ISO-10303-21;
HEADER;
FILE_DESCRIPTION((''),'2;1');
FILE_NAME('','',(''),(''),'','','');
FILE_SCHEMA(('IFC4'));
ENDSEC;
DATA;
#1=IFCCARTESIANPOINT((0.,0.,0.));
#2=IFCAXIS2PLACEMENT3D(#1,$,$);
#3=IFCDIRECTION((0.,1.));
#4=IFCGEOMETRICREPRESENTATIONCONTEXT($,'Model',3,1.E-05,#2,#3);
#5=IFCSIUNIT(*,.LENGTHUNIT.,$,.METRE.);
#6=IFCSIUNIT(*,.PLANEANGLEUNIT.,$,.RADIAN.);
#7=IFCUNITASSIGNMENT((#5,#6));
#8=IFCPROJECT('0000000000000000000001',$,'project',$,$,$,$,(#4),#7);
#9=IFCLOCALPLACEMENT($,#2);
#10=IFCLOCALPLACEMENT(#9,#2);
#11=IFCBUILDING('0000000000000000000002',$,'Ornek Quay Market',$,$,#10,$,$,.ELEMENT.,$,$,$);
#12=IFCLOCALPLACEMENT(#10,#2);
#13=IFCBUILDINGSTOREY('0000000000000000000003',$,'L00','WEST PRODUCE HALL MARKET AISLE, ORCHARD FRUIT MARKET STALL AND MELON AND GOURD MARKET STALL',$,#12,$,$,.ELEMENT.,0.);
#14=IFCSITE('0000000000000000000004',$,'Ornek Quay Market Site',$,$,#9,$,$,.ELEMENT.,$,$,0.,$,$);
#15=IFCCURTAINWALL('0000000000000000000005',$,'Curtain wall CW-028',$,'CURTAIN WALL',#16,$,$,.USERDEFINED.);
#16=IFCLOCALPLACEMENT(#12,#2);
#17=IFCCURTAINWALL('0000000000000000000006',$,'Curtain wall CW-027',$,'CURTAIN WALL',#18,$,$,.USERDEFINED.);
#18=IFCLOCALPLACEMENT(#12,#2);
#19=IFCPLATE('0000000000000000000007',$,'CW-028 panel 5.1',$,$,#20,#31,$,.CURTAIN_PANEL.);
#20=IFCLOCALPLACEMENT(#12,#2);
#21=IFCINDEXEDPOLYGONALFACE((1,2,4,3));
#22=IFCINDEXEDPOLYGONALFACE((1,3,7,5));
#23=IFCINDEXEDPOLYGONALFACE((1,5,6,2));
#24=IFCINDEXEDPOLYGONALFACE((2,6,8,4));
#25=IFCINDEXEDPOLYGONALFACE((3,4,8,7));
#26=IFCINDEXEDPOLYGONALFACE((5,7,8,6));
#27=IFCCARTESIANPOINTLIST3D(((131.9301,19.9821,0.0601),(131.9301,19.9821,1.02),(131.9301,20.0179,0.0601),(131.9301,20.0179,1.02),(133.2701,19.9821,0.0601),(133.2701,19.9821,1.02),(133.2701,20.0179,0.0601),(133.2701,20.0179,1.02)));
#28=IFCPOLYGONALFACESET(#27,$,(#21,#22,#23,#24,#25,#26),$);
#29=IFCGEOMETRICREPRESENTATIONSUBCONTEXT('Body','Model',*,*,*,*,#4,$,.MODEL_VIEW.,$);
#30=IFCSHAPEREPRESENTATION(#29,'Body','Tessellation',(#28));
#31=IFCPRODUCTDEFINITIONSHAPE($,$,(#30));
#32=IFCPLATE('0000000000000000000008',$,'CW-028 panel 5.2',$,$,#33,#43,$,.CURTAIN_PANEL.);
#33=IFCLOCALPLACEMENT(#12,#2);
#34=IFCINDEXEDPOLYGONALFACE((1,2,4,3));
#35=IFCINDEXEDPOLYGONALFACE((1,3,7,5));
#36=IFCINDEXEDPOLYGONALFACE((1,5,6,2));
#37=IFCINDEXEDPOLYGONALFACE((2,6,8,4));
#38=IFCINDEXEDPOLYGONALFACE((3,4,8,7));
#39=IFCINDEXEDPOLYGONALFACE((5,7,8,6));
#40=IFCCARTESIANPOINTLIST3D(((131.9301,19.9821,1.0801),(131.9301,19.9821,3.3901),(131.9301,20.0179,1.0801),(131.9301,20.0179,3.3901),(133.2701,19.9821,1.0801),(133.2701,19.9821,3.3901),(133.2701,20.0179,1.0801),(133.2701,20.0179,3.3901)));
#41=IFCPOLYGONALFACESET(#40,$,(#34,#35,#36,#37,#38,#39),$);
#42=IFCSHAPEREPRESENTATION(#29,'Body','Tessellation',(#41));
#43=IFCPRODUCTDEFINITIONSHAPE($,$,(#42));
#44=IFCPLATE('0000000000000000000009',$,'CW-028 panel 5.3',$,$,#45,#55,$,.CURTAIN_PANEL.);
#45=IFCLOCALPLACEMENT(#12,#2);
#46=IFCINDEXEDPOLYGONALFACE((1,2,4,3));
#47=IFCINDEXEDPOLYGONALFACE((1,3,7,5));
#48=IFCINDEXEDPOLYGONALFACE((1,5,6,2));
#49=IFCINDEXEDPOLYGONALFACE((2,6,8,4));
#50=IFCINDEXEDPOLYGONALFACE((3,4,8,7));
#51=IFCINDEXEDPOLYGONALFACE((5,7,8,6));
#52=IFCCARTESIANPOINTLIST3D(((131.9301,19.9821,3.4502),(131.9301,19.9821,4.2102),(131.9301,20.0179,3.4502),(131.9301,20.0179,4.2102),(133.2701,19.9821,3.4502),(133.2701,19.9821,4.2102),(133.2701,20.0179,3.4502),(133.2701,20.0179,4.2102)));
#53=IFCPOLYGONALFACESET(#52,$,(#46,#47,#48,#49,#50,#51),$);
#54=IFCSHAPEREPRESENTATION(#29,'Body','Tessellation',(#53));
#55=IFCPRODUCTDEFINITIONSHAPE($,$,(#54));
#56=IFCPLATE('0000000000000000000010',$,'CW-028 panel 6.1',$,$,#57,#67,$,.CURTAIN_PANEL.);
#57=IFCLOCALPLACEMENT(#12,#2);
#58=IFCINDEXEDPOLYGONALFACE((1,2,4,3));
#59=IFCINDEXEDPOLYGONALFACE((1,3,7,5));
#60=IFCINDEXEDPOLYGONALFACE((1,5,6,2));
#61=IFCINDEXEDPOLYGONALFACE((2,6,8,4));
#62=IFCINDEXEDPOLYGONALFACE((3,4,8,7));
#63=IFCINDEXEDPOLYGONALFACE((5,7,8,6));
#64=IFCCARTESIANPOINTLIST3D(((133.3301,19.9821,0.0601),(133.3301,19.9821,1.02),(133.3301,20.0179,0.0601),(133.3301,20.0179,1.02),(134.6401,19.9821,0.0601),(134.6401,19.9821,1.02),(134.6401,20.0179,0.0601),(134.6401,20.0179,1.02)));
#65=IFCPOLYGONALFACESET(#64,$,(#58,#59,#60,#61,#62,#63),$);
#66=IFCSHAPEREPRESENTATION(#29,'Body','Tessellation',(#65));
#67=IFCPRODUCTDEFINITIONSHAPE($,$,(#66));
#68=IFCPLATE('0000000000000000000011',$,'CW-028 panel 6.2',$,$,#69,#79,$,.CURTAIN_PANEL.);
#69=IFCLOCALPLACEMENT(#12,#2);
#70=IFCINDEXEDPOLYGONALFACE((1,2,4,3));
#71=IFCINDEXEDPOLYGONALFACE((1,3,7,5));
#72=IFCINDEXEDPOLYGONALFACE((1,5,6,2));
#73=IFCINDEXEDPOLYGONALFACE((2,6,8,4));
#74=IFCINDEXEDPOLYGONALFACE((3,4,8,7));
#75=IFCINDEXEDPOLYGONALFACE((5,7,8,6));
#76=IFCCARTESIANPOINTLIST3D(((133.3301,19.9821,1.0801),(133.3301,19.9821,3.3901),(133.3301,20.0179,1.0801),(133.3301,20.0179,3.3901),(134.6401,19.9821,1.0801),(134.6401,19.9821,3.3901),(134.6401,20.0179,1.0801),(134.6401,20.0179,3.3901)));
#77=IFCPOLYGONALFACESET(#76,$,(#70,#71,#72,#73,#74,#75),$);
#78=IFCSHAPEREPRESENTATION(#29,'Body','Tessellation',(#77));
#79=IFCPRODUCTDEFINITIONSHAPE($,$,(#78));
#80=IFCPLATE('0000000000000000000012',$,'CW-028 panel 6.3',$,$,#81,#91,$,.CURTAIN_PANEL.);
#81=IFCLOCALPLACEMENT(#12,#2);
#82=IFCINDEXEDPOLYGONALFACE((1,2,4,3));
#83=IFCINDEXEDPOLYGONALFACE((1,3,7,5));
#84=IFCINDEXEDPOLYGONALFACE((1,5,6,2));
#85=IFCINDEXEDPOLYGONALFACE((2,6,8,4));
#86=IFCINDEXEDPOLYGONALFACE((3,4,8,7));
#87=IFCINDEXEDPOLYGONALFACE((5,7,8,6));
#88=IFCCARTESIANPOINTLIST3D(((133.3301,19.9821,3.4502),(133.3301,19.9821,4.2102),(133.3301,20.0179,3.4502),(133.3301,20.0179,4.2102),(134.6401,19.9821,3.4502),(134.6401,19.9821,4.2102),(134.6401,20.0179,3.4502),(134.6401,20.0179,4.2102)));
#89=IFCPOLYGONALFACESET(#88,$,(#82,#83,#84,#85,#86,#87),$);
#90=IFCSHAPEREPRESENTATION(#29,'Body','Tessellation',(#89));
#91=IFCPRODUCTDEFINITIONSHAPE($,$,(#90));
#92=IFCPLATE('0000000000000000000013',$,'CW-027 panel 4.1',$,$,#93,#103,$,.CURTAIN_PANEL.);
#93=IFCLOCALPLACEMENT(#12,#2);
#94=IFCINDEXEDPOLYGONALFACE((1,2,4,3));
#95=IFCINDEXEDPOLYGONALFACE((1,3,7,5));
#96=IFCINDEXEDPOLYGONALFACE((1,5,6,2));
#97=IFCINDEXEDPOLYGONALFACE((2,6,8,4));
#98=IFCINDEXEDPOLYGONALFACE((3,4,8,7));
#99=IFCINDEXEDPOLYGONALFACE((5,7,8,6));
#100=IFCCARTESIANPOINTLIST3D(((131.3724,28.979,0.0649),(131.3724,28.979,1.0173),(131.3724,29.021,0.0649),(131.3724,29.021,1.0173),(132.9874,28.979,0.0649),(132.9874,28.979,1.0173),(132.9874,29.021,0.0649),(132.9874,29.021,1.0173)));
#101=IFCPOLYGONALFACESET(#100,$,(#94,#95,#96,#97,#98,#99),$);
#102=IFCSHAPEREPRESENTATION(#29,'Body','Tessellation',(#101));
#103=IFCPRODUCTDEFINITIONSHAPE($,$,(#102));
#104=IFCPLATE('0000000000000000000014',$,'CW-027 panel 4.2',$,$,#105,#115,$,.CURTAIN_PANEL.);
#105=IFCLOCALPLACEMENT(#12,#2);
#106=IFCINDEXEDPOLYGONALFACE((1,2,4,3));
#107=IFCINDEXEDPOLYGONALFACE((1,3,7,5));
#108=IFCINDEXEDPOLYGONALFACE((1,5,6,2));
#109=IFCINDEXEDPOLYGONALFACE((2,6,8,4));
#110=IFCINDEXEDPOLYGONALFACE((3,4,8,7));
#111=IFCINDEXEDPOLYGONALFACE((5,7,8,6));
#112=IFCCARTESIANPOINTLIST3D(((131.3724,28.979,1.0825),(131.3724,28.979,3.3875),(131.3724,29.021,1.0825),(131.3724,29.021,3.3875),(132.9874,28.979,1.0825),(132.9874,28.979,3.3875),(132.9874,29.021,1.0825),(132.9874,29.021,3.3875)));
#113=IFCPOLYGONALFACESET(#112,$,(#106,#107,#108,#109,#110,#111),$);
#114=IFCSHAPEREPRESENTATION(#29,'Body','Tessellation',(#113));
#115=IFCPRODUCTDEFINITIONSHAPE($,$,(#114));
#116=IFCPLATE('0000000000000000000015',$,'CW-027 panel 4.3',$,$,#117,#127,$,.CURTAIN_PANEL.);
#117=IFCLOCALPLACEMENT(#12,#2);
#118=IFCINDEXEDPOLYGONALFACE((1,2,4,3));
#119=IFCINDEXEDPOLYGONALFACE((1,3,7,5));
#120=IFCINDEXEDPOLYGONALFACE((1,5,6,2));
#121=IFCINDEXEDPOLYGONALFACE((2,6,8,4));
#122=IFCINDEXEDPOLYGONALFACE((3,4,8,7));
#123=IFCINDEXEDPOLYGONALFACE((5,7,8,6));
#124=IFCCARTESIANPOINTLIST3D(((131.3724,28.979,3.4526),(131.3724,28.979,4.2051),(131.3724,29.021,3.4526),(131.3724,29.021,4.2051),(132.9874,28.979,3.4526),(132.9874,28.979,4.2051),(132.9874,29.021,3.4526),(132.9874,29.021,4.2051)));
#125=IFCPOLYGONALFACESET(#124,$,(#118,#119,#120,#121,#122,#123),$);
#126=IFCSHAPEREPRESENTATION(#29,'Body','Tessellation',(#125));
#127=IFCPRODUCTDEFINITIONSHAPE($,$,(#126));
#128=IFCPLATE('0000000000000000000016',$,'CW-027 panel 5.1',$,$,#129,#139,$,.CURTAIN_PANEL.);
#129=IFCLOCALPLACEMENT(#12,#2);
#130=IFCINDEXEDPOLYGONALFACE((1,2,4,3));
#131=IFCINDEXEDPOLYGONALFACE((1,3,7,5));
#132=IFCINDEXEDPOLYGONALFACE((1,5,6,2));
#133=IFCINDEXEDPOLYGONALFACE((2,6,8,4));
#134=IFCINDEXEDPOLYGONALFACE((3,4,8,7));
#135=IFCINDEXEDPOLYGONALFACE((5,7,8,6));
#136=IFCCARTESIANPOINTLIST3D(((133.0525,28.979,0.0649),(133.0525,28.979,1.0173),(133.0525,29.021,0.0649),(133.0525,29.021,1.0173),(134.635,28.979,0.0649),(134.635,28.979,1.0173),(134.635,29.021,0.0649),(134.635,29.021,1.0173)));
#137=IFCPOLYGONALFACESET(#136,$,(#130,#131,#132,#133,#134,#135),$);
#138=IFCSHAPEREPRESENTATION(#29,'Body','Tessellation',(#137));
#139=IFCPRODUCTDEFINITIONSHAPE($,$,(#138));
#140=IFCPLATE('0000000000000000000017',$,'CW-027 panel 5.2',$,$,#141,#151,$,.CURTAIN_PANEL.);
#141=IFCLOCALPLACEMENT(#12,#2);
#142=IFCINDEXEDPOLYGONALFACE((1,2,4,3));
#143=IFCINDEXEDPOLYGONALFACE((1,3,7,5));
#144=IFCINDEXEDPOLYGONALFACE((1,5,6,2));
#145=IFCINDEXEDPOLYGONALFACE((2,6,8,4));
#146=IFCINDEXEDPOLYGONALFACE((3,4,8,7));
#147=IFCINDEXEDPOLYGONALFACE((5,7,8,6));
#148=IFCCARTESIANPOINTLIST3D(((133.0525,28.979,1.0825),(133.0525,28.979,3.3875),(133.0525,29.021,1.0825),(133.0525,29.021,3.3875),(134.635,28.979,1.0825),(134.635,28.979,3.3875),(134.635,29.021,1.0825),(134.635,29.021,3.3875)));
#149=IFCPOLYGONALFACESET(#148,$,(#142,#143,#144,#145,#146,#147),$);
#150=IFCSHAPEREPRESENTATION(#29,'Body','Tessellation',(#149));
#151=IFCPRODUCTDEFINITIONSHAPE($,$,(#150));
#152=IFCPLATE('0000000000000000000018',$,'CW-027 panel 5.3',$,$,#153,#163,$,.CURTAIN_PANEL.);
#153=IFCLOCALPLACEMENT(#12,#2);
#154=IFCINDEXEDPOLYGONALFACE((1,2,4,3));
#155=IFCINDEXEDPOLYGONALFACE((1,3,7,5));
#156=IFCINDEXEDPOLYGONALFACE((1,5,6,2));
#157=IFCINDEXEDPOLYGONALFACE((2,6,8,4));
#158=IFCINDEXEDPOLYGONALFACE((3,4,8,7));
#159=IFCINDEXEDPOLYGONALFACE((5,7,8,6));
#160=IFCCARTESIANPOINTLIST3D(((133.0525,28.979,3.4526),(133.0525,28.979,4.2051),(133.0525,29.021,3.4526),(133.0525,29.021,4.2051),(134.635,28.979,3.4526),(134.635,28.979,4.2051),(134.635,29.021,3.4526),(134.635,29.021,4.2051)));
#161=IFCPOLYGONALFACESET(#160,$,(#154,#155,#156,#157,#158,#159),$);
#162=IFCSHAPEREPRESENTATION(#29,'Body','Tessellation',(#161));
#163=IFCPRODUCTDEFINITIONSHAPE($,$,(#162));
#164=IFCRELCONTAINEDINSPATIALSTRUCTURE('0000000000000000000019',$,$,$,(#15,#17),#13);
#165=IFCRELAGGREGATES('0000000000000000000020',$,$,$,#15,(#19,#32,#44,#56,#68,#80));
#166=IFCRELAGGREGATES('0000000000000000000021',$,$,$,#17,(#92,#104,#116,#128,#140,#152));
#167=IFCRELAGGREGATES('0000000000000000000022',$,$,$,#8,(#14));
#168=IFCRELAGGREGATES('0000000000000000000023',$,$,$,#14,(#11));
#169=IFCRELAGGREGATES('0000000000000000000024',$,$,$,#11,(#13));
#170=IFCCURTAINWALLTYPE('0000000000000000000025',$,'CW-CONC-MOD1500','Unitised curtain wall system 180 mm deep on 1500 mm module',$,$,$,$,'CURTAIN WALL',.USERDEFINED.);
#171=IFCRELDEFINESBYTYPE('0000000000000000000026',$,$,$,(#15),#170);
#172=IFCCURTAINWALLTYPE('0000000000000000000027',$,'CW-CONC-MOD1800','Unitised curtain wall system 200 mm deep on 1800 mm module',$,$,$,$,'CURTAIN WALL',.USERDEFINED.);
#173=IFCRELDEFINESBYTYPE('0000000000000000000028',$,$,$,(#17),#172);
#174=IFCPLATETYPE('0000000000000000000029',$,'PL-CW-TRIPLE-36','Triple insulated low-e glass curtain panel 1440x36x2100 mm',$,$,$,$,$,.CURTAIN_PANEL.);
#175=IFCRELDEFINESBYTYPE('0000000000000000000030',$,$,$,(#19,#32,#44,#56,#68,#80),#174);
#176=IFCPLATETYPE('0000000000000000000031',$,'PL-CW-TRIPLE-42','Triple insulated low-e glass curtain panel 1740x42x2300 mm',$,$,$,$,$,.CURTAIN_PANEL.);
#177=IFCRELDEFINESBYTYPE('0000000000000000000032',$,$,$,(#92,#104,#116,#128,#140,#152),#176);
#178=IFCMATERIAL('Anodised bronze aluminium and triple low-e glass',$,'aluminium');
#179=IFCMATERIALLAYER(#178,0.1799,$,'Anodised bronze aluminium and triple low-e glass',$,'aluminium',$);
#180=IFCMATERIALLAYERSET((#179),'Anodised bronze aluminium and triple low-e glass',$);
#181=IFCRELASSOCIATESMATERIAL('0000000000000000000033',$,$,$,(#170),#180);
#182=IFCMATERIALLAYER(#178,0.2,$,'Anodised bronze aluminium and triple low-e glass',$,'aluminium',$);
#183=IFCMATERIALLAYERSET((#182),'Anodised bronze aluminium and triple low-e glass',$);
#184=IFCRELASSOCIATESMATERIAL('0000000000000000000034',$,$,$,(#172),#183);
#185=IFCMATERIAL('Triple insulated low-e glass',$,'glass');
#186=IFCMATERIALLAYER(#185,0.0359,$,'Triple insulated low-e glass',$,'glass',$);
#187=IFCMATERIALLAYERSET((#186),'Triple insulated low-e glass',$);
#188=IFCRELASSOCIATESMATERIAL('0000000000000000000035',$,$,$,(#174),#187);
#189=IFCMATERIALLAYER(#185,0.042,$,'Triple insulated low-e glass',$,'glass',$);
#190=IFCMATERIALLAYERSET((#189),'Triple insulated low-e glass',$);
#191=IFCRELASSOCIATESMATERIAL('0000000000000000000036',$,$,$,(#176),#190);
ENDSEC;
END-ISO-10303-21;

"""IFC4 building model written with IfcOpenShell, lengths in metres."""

from ifc_helpers import new_model, si_unit, direction, frame, origin, origin_2d, place, context, subcontext, project, spatial, rectangle, extrude, material, layer, layer_set, type_object, element, aggregate, save


model = new_model("IFC4")

# Units and contexts
model_context = context("Model", 3, precision=1e-05, world=origin(), true_north=direction((0.0, 1.0)))
body_context = subcontext(model_context, "Body", "Model", "MODEL_VIEW")
ifc_project = project(units=[si_unit("LENGTHUNIT", "METRE"), si_unit("PLANEANGLEUNIT", "RADIAN")], contexts=[model_context])

# Site, building, storey
site_placement = place(None, origin())
site = spatial("IfcSite", under=ifc_project, at=site_placement, Name="Ornek Quay Market Site", CompositionType="ELEMENT", RefElevation=0.0)
building_placement = place(site_placement, origin())
building = spatial("IfcBuilding", under=site, at=building_placement, Name="Ornek Quay Market", CompositionType="ELEMENT")
storey_placement = place(building_placement, origin())
storey = spatial("IfcBuildingStorey", under=building, at=storey_placement, Name="L00", Description="WEST PRODUCE HALL MARKET AISLE, ORCHARD FRUIT MARKET STALL AND MELON AND GOURD MARKET STALL", CompositionType="ELEMENT", Elevation=0.0)

# Curtain walls
ifc_material_1 = material(Name="Anodised bronze aluminium and triple low-e glass", Category="aluminium")
ifc_layer_1 = layer(ifc_material_1, 0.1799, Name="Anodised bronze aluminium and triple low-e glass", Category="aluminium")
ifc_layer_set_1 = layer_set([ifc_layer_1], Name="Anodised bronze aluminium and triple low-e glass")
curtain_wall_type_1 = type_object("IfcCurtainWallType", Name="CW-CONC-MOD1500", Description="Unitised curtain wall system 180 mm deep on 1500 mm module", ElementType="CURTAIN WALL", PredefinedType="USERDEFINED", material=ifc_layer_set_1)
curtain_wall_1_placement = place(storey_placement, origin())
curtain_wall_1 = element("IfcCurtainWall", 1, at=curtain_wall_1_placement, inside=storey, type_object=curtain_wall_type_1, Name="Curtain wall CW-028", ObjectType="CURTAIN WALL", PredefinedType="USERDEFINED")
ifc_layer_2 = layer(ifc_material_1, 0.2, Name="Anodised bronze aluminium and triple low-e glass", Category="aluminium")
ifc_layer_set_2 = layer_set([ifc_layer_2], Name="Anodised bronze aluminium and triple low-e glass")
curtain_wall_type_2 = type_object("IfcCurtainWallType", Name="CW-CONC-MOD1800", Description="Unitised curtain wall system 200 mm deep on 1800 mm module", ElementType="CURTAIN WALL", PredefinedType="USERDEFINED", material=ifc_layer_set_2)
curtain_wall_2_placement = place(storey_placement, origin())
curtain_wall_2 = element("IfcCurtainWall", 2, at=curtain_wall_2_placement, inside=storey, type_object=curtain_wall_type_2, Name="Curtain wall CW-027", ObjectType="CURTAIN WALL", PredefinedType="USERDEFINED")

# Plates
ifc_material_2 = material(Name="Triple insulated low-e glass", Category="glass")
ifc_layer_3 = layer(ifc_material_2, 0.0359, Name="Triple insulated low-e glass", Category="glass")
ifc_layer_set_3 = layer_set([ifc_layer_3], Name="Triple insulated low-e glass")
plate_type_1 = type_object("IfcPlateType", Name="PL-CW-TRIPLE-36", Description="Triple insulated low-e glass curtain panel 1440x36x2100 mm", PredefinedType="CURTAIN_PANEL", material=ifc_layer_set_3)
plate_1_placement = place(storey_placement, frame((132.6001, 20.0, 0.0601), z_axis=(0.0, 0.0, 1.0), x_axis=(1.0, 0.0, 0.0)))
plate_1 = element("IfcPlate", 3, at=plate_1_placement, type_object=plate_type_1, Name="CW-028 panel 5.1", PredefinedType="CURTAIN_PANEL", context=body_context, shape_type="SweptSolid", body=[
    extrude(rectangle(XDim=1.3401, YDim=0.0359, at=origin_2d()), origin(), (0.0, 0.0, 1.0), 0.96),
])
plate_2_placement = place(storey_placement, frame((132.6001, 20.0, 1.0801), z_axis=(0.0, 0.0, 1.0), x_axis=(1.0, 0.0, 0.0)))
plate_2 = element("IfcPlate", 4, at=plate_2_placement, type_object=plate_type_1, Name="CW-028 panel 5.2", PredefinedType="CURTAIN_PANEL", context=body_context, shape_type="SweptSolid", body=[
    extrude(rectangle(XDim=1.3401, YDim=0.0359, at=origin_2d()), origin(), (0.0, 0.0, 1.0), 2.3101),
])
plate_3_placement = place(storey_placement, frame((132.6001, 20.0, 3.4502), z_axis=(0.0, 0.0, 1.0), x_axis=(1.0, 0.0, 0.0)))
plate_3 = element("IfcPlate", 5, at=plate_3_placement, type_object=plate_type_1, Name="CW-028 panel 5.3", PredefinedType="CURTAIN_PANEL", context=body_context, shape_type="SweptSolid", body=[
    extrude(rectangle(XDim=1.3401, YDim=0.0359, at=origin_2d()), origin(), (0.0, 0.0, 1.0), 0.76),
])
plate_4_placement = place(storey_placement, frame((133.9851, 20.0, 0.0601), z_axis=(0.0, 0.0, 1.0), x_axis=(1.0, 0.0, 0.0)))
plate_4 = element("IfcPlate", 6, at=plate_4_placement, type_object=plate_type_1, Name="CW-028 panel 6.1", PredefinedType="CURTAIN_PANEL", context=body_context, shape_type="SweptSolid", body=[
    extrude(rectangle(XDim=1.3101, YDim=0.0359, at=origin_2d()), origin(), (0.0, 0.0, 1.0), 0.96),
])
plate_5_placement = place(storey_placement, frame((133.9851, 20.0, 1.0801), z_axis=(0.0, 0.0, 1.0), x_axis=(1.0, 0.0, 0.0)))
plate_5 = element("IfcPlate", 7, at=plate_5_placement, type_object=plate_type_1, Name="CW-028 panel 6.2", PredefinedType="CURTAIN_PANEL", context=body_context, shape_type="SweptSolid", body=[
    extrude(rectangle(XDim=1.3101, YDim=0.0359, at=origin_2d()), origin(), (0.0, 0.0, 1.0), 2.3101),
])
plate_6_placement = place(storey_placement, frame((133.9851, 20.0, 3.4502), z_axis=(0.0, 0.0, 1.0), x_axis=(1.0, 0.0, 0.0)))
plate_6 = element("IfcPlate", 8, at=plate_6_placement, type_object=plate_type_1, Name="CW-028 panel 6.3", PredefinedType="CURTAIN_PANEL", context=body_context, shape_type="SweptSolid", body=[
    extrude(rectangle(XDim=1.3101, YDim=0.0359, at=origin_2d()), origin(), (0.0, 0.0, 1.0), 0.76),
])
aggregate(curtain_wall_1, [plate_1, plate_2, plate_3, plate_4, plate_5, plate_6])
ifc_layer_4 = layer(ifc_material_2, 0.042, Name="Triple insulated low-e glass", Category="glass")
ifc_layer_set_4 = layer_set([ifc_layer_4], Name="Triple insulated low-e glass")
plate_type_2 = type_object("IfcPlateType", Name="PL-CW-TRIPLE-42", Description="Triple insulated low-e glass curtain panel 1740x42x2300 mm", PredefinedType="CURTAIN_PANEL", material=ifc_layer_set_4)
plate_7_placement = place(storey_placement, frame((132.1799, 29.0, 0.0649), z_axis=(0.0, 0.0, 1.0), x_axis=(1.0, 0.0, 0.0)))
plate_7 = element("IfcPlate", 9, at=plate_7_placement, type_object=plate_type_2, Name="CW-027 panel 4.1", PredefinedType="CURTAIN_PANEL", context=body_context, shape_type="SweptSolid", body=[
    extrude(rectangle(XDim=1.615, YDim=0.042, at=origin_2d()), origin(), (0.0, 0.0, 1.0), 0.9524),
])
plate_8_placement = place(storey_placement, frame((132.1799, 29.0, 1.0825), z_axis=(0.0, 0.0, 1.0), x_axis=(1.0, 0.0, 0.0)))
plate_8 = element("IfcPlate", 10, at=plate_8_placement, type_object=plate_type_2, Name="CW-027 panel 4.2", PredefinedType="CURTAIN_PANEL", context=body_context, shape_type="SweptSolid", body=[
    extrude(rectangle(XDim=1.615, YDim=0.042, at=origin_2d()), origin(), (0.0, 0.0, 1.0), 2.3049),
])
plate_9_placement = place(storey_placement, frame((132.1799, 29.0, 3.4526), z_axis=(0.0, 0.0, 1.0), x_axis=(1.0, 0.0, 0.0)))
plate_9 = element("IfcPlate", 11, at=plate_9_placement, type_object=plate_type_2, Name="CW-027 panel 4.3", PredefinedType="CURTAIN_PANEL", context=body_context, shape_type="SweptSolid", body=[
    extrude(rectangle(XDim=1.615, YDim=0.042, at=origin_2d()), origin(), (0.0, 0.0, 1.0), 0.7524),
])
plate_10_placement = place(storey_placement, frame((133.8438, 29.0, 0.0649), z_axis=(0.0, 0.0, 1.0), x_axis=(1.0, 0.0, 0.0)))
plate_10 = element("IfcPlate", 12, at=plate_10_placement, type_object=plate_type_2, Name="CW-027 panel 5.1", PredefinedType="CURTAIN_PANEL", context=body_context, shape_type="SweptSolid", body=[
    extrude(rectangle(XDim=1.5825, YDim=0.042, at=origin_2d()), origin(), (0.0, 0.0, 1.0), 0.9524),
])
plate_11_placement = place(storey_placement, frame((133.8438, 29.0, 1.0825), z_axis=(0.0, 0.0, 1.0), x_axis=(1.0, 0.0, 0.0)))
plate_11 = element("IfcPlate", 13, at=plate_11_placement, type_object=plate_type_2, Name="CW-027 panel 5.2", PredefinedType="CURTAIN_PANEL", context=body_context, shape_type="SweptSolid", body=[
    extrude(rectangle(XDim=1.5825, YDim=0.042, at=origin_2d()), origin(), (0.0, 0.0, 1.0), 2.3049),
])
plate_12_placement = place(storey_placement, frame((133.8438, 29.0, 3.4526), z_axis=(0.0, 0.0, 1.0), x_axis=(1.0, 0.0, 0.0)))
plate_12 = element("IfcPlate", 14, at=plate_12_placement, type_object=plate_type_2, Name="CW-027 panel 5.3", PredefinedType="CURTAIN_PANEL", context=body_context, shape_type="SweptSolid", body=[
    extrude(rectangle(XDim=1.5825, YDim=0.042, at=origin_2d()), origin(), (0.0, 0.0, 1.0), 0.7524),
])
aggregate(curtain_wall_2, [plate_7, plate_8, plate_9, plate_10, plate_11, plate_12])

save(model, "model.ifc")
